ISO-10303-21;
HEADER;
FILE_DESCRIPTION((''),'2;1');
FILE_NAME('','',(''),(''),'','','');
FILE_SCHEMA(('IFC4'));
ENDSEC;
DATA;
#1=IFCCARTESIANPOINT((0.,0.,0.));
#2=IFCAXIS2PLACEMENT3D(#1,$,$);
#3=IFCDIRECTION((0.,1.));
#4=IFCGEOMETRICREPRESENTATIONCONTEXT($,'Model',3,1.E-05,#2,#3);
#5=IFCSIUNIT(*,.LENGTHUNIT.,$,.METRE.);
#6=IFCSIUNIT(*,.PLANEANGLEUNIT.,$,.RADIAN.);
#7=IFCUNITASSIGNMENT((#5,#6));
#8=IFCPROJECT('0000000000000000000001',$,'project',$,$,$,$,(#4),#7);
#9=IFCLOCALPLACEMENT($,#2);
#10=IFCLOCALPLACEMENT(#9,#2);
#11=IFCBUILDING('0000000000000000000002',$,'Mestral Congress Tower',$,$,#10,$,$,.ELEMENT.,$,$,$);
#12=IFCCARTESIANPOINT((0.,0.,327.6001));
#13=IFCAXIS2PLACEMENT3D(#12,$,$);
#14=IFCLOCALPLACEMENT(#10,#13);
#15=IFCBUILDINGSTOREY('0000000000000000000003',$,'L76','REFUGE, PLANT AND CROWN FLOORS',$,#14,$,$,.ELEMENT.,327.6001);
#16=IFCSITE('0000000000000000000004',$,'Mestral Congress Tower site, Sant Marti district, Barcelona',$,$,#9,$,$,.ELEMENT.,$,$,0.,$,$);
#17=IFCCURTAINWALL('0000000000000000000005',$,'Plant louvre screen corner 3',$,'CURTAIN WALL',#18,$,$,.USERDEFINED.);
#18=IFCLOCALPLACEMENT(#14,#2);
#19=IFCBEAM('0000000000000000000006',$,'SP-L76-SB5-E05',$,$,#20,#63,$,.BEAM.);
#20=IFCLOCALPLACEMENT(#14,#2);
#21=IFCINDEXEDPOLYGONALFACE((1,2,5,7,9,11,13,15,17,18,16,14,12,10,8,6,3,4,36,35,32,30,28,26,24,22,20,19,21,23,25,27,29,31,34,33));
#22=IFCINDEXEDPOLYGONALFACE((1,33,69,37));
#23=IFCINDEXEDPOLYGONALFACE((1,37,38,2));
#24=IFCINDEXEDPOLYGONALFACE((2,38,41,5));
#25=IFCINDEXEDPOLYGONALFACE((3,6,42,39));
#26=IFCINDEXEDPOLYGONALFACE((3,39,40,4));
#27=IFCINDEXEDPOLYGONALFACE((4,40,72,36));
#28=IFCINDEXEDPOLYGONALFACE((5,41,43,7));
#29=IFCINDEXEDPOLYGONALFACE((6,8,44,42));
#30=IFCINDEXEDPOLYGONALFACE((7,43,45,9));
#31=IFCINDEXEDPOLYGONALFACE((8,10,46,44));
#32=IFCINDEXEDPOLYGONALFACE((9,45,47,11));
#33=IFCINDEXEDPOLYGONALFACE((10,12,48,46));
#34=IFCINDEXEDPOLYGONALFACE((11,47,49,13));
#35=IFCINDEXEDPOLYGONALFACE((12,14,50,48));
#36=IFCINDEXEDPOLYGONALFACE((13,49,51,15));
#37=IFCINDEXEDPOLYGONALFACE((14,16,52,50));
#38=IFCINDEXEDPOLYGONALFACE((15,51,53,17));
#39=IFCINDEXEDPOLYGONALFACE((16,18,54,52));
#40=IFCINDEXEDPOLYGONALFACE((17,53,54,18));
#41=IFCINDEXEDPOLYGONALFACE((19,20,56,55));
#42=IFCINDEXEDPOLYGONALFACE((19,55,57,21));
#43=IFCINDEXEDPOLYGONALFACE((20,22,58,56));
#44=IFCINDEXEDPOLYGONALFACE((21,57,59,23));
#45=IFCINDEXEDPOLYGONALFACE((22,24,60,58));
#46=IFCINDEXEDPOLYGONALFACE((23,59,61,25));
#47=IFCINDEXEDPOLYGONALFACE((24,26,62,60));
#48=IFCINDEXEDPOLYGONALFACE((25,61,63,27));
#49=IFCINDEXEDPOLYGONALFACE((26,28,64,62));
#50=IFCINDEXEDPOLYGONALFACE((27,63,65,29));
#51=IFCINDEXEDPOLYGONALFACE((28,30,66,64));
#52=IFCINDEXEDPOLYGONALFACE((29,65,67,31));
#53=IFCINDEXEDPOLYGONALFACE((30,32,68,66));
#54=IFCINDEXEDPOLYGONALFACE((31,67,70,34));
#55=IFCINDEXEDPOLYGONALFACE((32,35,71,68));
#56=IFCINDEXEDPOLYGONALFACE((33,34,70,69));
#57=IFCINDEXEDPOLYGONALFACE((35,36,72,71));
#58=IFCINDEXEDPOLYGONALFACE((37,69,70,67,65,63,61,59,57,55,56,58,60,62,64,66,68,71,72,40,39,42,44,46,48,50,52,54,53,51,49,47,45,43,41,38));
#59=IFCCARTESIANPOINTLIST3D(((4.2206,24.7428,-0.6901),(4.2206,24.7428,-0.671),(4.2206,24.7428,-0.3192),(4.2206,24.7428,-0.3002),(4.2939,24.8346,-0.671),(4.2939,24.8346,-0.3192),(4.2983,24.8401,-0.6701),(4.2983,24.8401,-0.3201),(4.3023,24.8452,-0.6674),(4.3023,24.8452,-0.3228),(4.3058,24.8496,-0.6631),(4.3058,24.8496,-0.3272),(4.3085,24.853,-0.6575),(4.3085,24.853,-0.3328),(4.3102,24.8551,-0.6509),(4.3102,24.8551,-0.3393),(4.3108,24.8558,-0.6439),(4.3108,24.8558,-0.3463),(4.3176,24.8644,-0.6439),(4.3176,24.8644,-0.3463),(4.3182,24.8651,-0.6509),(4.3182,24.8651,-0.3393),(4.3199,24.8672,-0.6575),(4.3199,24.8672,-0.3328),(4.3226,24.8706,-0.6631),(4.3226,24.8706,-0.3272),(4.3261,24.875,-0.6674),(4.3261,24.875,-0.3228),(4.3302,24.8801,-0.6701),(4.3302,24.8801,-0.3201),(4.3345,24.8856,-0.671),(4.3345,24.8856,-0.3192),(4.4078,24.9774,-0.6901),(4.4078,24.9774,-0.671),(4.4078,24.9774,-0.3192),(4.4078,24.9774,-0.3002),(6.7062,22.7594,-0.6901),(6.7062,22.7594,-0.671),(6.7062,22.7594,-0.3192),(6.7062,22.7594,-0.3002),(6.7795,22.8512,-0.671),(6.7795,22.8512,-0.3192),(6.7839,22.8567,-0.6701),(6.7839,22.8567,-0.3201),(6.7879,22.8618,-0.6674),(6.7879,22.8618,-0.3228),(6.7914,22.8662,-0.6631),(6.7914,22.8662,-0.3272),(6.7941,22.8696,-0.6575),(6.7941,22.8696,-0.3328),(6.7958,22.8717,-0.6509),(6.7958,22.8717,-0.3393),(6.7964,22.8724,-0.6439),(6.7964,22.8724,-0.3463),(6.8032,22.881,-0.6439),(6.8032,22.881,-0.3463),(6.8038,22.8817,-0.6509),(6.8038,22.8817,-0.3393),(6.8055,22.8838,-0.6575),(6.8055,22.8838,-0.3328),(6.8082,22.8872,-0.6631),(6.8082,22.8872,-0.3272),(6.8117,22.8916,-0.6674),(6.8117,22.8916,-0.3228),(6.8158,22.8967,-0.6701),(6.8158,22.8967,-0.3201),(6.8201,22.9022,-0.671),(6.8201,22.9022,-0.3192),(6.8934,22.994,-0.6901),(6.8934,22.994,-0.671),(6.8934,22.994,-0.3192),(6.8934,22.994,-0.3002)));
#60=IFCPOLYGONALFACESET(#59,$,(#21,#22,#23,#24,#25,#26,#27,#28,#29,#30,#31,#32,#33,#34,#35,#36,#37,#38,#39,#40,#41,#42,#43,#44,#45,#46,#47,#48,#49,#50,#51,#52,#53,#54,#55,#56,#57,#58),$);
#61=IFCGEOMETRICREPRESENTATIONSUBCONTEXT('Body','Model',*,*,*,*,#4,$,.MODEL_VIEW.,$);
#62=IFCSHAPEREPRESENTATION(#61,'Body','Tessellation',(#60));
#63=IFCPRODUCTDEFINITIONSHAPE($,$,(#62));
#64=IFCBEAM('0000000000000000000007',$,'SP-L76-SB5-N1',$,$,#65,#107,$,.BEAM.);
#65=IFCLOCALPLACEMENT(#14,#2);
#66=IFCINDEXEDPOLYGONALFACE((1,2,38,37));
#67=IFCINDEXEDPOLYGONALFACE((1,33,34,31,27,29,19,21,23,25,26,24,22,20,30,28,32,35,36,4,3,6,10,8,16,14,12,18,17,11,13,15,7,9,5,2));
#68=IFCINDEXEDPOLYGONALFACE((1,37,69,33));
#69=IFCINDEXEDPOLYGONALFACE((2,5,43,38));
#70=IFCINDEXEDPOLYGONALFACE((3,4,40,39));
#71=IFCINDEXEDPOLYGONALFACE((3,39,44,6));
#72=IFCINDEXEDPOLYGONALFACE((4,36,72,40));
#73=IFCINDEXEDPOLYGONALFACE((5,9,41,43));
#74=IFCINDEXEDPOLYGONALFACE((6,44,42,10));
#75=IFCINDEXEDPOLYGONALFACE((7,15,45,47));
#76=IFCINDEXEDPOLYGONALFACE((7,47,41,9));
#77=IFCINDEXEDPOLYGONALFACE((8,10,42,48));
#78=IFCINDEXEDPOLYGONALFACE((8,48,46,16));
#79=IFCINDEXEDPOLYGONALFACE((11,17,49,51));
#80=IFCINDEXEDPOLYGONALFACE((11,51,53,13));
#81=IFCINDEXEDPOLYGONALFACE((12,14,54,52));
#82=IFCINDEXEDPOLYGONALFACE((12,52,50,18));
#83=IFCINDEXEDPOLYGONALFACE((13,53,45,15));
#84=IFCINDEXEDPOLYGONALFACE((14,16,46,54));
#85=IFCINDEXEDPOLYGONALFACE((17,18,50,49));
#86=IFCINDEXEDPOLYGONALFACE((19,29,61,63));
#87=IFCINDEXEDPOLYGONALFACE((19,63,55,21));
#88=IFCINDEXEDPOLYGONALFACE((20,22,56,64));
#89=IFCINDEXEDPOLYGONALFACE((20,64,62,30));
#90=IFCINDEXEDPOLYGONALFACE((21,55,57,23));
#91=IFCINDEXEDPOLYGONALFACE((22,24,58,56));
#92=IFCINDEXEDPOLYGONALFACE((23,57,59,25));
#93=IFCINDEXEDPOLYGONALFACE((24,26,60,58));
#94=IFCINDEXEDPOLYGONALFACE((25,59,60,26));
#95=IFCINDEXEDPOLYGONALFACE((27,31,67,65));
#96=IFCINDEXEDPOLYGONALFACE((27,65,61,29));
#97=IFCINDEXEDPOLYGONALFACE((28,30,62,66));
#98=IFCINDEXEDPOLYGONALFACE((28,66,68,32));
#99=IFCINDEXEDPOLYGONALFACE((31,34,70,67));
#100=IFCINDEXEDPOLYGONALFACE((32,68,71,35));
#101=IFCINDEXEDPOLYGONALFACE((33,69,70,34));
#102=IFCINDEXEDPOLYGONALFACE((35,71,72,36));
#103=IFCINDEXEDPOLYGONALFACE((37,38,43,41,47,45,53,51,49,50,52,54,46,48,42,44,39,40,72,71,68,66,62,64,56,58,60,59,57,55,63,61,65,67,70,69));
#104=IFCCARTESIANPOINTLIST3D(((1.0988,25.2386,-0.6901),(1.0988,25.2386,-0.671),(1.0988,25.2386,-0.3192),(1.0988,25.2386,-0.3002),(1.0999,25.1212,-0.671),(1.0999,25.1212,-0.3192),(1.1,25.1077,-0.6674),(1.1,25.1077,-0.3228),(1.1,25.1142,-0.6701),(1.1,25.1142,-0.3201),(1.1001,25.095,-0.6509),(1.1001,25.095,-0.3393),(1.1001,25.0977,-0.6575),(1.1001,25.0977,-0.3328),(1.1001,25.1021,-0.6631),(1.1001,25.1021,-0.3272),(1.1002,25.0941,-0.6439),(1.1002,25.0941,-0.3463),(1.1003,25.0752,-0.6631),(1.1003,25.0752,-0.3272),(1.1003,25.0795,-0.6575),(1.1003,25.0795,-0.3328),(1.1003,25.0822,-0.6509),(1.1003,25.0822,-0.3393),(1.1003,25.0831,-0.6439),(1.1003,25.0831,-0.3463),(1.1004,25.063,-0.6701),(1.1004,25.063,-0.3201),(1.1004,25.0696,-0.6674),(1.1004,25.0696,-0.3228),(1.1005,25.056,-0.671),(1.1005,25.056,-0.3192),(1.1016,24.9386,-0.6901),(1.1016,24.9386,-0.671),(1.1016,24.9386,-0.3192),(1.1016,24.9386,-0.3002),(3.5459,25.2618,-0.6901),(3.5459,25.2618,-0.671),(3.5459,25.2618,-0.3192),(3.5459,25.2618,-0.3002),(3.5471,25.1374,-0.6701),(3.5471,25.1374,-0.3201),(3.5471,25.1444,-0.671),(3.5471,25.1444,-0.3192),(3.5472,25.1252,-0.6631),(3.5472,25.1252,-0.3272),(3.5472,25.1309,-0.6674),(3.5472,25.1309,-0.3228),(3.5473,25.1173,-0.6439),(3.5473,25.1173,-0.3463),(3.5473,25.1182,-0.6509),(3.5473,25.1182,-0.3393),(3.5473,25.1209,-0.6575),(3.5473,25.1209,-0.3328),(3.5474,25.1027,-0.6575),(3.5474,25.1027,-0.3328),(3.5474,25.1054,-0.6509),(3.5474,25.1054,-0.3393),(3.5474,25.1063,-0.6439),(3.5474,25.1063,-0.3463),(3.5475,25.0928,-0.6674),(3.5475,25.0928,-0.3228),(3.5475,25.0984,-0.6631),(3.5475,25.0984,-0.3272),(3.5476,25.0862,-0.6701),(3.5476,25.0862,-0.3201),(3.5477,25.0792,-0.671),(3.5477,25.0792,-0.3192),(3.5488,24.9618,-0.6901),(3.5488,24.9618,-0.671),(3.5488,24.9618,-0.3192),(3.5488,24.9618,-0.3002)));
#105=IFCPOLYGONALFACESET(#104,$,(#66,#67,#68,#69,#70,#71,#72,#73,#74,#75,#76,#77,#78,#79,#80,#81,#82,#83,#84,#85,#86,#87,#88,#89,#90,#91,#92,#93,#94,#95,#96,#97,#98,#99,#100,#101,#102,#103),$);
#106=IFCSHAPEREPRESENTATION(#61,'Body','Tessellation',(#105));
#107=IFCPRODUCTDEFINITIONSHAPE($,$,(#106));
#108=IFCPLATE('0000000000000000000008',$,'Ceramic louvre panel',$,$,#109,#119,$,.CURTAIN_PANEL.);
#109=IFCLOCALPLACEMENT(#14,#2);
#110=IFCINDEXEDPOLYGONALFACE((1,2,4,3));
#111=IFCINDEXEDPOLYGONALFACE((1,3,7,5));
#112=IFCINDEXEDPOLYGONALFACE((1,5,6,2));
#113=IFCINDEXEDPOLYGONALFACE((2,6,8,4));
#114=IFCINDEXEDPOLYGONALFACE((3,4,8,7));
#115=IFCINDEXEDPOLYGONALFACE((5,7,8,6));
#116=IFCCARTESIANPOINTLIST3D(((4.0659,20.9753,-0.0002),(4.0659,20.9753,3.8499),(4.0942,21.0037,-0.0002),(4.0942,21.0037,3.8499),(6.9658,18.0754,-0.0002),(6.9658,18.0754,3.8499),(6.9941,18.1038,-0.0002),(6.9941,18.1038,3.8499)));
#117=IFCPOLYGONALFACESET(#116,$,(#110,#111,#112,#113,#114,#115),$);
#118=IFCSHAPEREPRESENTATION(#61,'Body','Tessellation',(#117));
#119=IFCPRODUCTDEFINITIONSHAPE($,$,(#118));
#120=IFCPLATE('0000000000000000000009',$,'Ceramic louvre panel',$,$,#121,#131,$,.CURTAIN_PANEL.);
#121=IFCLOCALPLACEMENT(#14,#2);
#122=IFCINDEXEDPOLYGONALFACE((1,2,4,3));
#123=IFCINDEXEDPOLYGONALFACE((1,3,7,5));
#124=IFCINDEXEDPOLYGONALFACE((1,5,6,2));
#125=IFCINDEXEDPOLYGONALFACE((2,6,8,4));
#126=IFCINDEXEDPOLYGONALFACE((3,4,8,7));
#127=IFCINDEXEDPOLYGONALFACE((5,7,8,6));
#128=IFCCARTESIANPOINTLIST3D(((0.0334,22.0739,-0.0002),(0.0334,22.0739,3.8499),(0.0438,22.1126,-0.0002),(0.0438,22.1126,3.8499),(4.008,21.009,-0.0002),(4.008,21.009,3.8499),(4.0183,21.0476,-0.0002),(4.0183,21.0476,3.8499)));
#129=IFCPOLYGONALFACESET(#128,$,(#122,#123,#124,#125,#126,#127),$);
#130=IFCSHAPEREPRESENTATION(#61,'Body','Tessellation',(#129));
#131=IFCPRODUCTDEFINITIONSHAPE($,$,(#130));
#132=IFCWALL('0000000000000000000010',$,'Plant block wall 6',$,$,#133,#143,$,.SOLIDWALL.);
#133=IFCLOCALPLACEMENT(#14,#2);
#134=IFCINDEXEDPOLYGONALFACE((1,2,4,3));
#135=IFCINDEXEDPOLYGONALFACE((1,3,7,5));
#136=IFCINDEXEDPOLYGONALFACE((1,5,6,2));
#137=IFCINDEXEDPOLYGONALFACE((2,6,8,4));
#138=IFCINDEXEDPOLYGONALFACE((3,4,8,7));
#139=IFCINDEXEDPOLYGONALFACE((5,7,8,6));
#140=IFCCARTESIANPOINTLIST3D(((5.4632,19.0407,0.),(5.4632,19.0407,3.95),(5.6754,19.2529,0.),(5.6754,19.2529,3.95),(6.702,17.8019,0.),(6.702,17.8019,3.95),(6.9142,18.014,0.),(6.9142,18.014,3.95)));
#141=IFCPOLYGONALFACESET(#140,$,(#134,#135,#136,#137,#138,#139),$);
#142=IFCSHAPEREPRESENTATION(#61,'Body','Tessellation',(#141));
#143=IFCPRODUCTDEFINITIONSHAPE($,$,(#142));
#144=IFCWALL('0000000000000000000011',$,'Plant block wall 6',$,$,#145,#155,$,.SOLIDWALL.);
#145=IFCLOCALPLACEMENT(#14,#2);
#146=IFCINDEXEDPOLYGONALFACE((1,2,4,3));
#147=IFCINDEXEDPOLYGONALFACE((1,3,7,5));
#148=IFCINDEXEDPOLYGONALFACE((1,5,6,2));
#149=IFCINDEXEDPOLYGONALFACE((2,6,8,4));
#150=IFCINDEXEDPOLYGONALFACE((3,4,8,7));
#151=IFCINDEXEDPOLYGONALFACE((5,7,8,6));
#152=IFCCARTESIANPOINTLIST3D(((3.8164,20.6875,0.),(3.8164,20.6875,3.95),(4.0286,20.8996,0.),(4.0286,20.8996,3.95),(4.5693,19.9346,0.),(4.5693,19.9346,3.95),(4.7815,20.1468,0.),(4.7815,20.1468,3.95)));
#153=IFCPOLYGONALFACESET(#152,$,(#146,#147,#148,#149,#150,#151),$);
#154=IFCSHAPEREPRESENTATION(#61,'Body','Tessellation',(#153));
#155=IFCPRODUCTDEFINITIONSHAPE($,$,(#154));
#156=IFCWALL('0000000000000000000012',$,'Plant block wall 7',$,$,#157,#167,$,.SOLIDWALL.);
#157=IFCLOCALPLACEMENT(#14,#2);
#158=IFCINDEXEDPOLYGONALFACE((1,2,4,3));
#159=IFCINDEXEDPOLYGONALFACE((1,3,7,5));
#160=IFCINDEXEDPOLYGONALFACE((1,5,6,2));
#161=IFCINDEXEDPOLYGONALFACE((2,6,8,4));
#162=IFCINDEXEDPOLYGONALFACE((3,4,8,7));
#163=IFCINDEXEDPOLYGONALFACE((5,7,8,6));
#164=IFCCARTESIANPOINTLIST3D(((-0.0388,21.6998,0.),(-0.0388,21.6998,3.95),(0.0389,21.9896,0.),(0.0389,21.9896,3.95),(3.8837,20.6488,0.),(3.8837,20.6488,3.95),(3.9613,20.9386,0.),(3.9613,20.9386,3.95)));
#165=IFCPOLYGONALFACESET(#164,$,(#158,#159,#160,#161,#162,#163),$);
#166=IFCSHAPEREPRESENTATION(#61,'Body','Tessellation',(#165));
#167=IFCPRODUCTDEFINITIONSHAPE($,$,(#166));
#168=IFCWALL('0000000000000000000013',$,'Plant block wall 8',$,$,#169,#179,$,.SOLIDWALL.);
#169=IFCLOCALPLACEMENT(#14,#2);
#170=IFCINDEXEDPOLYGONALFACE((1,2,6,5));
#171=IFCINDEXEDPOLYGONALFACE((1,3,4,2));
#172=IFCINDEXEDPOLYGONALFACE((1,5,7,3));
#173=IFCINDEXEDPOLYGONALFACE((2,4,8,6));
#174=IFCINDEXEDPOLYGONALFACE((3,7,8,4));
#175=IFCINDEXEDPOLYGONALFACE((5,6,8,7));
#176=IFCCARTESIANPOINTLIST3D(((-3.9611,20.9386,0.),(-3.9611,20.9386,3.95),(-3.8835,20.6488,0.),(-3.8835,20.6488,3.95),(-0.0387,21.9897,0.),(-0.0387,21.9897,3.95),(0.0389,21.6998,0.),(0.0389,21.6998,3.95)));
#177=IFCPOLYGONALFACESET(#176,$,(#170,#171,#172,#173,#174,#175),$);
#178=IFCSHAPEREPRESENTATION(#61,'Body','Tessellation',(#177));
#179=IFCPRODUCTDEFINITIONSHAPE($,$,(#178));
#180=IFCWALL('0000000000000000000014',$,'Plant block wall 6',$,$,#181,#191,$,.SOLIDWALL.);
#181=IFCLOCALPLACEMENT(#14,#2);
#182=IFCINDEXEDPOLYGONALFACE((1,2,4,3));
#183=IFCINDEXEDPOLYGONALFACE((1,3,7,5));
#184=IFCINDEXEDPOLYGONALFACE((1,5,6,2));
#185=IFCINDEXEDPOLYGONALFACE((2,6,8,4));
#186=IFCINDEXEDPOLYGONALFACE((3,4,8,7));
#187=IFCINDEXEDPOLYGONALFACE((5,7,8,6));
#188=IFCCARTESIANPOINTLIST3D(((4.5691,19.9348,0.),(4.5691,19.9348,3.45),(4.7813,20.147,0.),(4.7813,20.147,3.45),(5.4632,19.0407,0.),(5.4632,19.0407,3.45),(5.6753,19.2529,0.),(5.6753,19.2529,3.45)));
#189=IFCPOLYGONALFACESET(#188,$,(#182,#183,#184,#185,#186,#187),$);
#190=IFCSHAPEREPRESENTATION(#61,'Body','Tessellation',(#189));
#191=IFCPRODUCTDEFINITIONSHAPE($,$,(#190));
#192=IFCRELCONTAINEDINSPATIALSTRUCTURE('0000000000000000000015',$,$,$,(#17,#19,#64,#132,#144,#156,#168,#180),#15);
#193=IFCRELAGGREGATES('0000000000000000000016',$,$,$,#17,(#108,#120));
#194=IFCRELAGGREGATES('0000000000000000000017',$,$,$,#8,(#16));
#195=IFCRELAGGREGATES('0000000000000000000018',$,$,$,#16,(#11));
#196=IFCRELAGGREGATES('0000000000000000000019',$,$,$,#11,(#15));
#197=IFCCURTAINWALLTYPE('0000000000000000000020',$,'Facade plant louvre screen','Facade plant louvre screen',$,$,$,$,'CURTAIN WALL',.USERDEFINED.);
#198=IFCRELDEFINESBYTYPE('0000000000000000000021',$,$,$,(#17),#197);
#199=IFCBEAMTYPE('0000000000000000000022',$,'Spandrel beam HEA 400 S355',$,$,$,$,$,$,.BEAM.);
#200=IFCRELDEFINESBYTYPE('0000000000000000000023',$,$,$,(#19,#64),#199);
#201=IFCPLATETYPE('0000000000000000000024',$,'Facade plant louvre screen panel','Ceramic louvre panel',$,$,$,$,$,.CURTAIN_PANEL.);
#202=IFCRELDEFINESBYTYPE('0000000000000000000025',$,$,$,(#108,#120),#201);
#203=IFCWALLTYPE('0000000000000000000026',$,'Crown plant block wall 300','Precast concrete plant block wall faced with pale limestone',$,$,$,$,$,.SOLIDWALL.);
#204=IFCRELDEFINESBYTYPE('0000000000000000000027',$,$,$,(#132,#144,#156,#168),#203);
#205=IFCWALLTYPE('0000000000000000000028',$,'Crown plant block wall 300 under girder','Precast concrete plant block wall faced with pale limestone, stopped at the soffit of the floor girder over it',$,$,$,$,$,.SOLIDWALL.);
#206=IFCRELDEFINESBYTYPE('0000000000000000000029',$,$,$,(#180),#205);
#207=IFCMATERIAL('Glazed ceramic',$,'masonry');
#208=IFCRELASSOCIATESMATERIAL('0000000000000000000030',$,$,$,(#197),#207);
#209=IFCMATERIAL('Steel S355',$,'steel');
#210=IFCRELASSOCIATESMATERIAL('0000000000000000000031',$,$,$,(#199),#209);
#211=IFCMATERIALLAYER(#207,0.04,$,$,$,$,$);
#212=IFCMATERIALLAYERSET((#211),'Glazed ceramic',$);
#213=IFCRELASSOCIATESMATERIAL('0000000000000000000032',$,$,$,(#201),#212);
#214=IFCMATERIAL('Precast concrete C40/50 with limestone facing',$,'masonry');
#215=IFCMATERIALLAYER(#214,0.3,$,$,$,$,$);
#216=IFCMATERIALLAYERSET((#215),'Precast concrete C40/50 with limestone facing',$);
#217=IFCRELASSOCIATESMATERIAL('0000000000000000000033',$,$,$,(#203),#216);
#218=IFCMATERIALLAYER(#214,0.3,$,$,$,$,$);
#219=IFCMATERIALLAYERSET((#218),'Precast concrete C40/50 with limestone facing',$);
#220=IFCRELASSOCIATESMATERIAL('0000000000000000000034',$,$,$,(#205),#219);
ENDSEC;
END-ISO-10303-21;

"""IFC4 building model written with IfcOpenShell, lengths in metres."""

from ifc_helpers import new_model, si_unit, direction, frame, frame_2d, origin, origin_2d, place, context, subcontext, project, spatial, rectangle, i_section, extrude, material, layer, layer_set, material_profile, profile_set, type_object, element, aggregate, save


model = new_model("IFC4")

# Units and contexts
model_context = context("Model", 3, precision=1e-05, world=origin(), true_north=direction((0.0, 1.0)))
body_context = subcontext(model_context, "Body", "Model", "MODEL_VIEW")
ifc_project = project(units=[si_unit("LENGTHUNIT", "METRE"), si_unit("PLANEANGLEUNIT", "RADIAN")], contexts=[model_context])

# Site, building, storey
site_placement = place(None, origin())
site = spatial("IfcSite", under=ifc_project, at=site_placement, Name="Mestral Congress Tower site, Sant Marti district, Barcelona", CompositionType="ELEMENT", RefElevation=0.0)
building_placement = place(site_placement, origin())
building = spatial("IfcBuilding", under=site, at=building_placement, Name="Mestral Congress Tower", CompositionType="ELEMENT")
storey_placement = place(building_placement, frame((0.0, 0.0, 327.6001)))
storey = spatial("IfcBuildingStorey", under=building, at=storey_placement, Name="L76", Description="REFUGE, PLANT AND CROWN FLOORS", CompositionType="ELEMENT", Elevation=327.6001)

# Shared definitions
ifc_material_1 = material(Name="Steel S355", Category="steel")

# Shared definitions
ifc_material_2 = material(Name="Glazed ceramic", Category="masonry")
curtain_wall_type = type_object("IfcCurtainWallType", Name="Facade plant louvre screen", Description="Facade plant louvre screen", ElementType="CURTAIN WALL", PredefinedType="USERDEFINED", material=ifc_material_2)
placement = place(storey_placement, origin())

# Curtain wall
curtain_wall_1 = element("IfcCurtainWall", 1, at=placement, inside=storey, type_object=curtain_wall_type, Name="Plant louvre screen corner 3", ObjectType="CURTAIN WALL", PredefinedType="USERDEFINED")

# Beams
ifc_material_profile_1 = material_profile(ifc_material_1, i_section(OverallWidth=0.3, OverallDepth=0.3899, WebThickness=0.011, FlangeThickness=0.019, FilletRadius=0.0271, at=origin_2d()), Name="HEA 400")
ifc_profile_set_1 = profile_set([ifc_material_profile_1], Name="Steel S355")
beam_type_1 = type_object("IfcBeamType", Name="Spandrel beam HEA 400 S355", PredefinedType="BEAM", material=ifc_profile_set_1)
beam_1_placement = place(storey_placement, frame((6.7998, 22.8767, -0.4951), z_axis=(-0.781647, 0.623721, 0.0), x_axis=(-0.623721, -0.781647, 0.0)))
element("IfcBeam", 2, at=beam_1_placement, inside=storey, type_object=beam_type_1, Name="SP-L76-SB5-E05", PredefinedType="BEAM", context=body_context, shape_type="SweptSolid", body=[
    extrude(i_section(OverallWidth=0.3, OverallDepth=0.3899, WebThickness=0.011, FlangeThickness=0.019, FilletRadius=0.0271, at=origin_2d()), origin(), (0.0, 0.0, 1.0), 3.1799),
])
beam_2_placement = place(storey_placement, frame((3.5474, 25.1118, -0.4951), z_axis=(-0.999955, -0.009477, 0.0), x_axis=(0.009477, -0.999955, 0.0)))
element("IfcBeam", 3, at=beam_2_placement, inside=storey, type_object=beam_type_1, Name="SP-L76-SB5-N1", PredefinedType="BEAM", context=body_context, shape_type="SweptSolid", body=[
    extrude(i_section(OverallWidth=0.3, OverallDepth=0.3899, WebThickness=0.011, FlangeThickness=0.019, FilletRadius=0.0271, at=origin_2d()), origin(), (0.0, 0.0, 1.0), 2.4473),
])

# Plates
ifc_layer_1 = layer(ifc_material_2, 0.04)
ifc_layer_set_1 = layer_set([ifc_layer_1], Name="Glazed ceramic")
plate_type = type_object("IfcPlateType", Name="Facade plant louvre screen panel", Description="Ceramic louvre panel", PredefinedType="CURTAIN_PANEL", material=ifc_layer_set_1)
plate_1_placement = place(storey_placement, frame((5.53, 19.5396, -0.0002), z_axis=(0.0, 0.0, 1.0), x_axis=(-0.707107, 0.707107, 0.0)))
plate_1 = element("IfcPlate", 4, at=plate_1_placement, type_object=plate_type, Name="Ceramic louvre panel", PredefinedType="CURTAIN_PANEL", context=body_context, shape_type="SweptSolid", body=[
    extrude(rectangle(XDim=4.1011, YDim=0.04, at=origin_2d()), origin(), (0.0, 0.0, 1.0), 3.8501),
])
plate_2_placement = place(storey_placement, frame((2.0259, 21.5608, -0.0002), z_axis=(0.0, 0.0, 1.0), x_axis=(-0.965926, 0.258819, 0.0)))
plate_2 = element("IfcPlate", 5, at=plate_2_placement, type_object=plate_type, Name="Ceramic louvre panel", PredefinedType="CURTAIN_PANEL", context=body_context, shape_type="SweptSolid", body=[
    extrude(rectangle(XDim=4.1147, YDim=0.04, at=origin_2d()), origin(), (0.0, 0.0, 1.0), 3.8501),
])
aggregate(curtain_wall_1, [plate_1, plate_2])

# Walls
ifc_material_3 = material(Name="Precast concrete C40/50 with limestone facing", Category="masonry")
ifc_layer_2 = layer(ifc_material_3, 0.3)
ifc_layer_set_2 = layer_set([ifc_layer_2], Name="Precast concrete C40/50 with limestone facing")
wall_type_1 = type_object("IfcWallType", Name="Crown plant block wall 300", Description="Precast concrete plant block wall faced with pale limestone", PredefinedType="SOLIDWALL", material=ifc_layer_set_2)
wall_1_placement = place(storey_placement, frame((6.8081, 17.908, 0.0), z_axis=(0.0, 0.0, 1.0), x_axis=(-0.707107, 0.707107, 0.0)))
element("IfcWall", 6, at=wall_1_placement, inside=storey, type_object=wall_type_1, Name="Plant block wall 6", PredefinedType="SOLIDWALL", context=body_context, shape_type="SweptSolid", body=[
    extrude(rectangle(XDim=1.752, YDim=0.3, at=frame_2d((0.876, 0.0))), origin(), (0.0, 0.0, 1.0), 3.95),
])
wall_2_placement = place(storey_placement, frame((4.6753, 20.0408, 0.0), z_axis=(0.0, 0.0, 1.0), x_axis=(-0.707107, 0.707107, 0.0)))
element("IfcWall", 7, at=wall_2_placement, inside=storey, type_object=wall_type_1, Name="Plant block wall 6", PredefinedType="SOLIDWALL", context=body_context, shape_type="SweptSolid", body=[
    extrude(rectangle(XDim=1.0647, YDim=0.3, at=frame_2d((0.5322, 0.0))), origin(), (0.0, 0.0, 1.0), 3.95),
])
for number, where, z_axis, x_axis, name in (
    (8, (3.9224, 20.7937, 0.0), (0.0, 0.0, 1.0), (-0.965924, 0.258826, 0.0), "Plant block wall 7"),
    (9, (0.0, 21.8447, 0.0), (0.0, 0.0, 1.0), (-0.965924, -0.258826, 0.0), "Plant block wall 8"),
):
    element("IfcWall", number, at=place(storey_placement, frame(where, z_axis=z_axis, x_axis=x_axis)), inside=storey, type_object=wall_type_1, Name=name, PredefinedType="SOLIDWALL", context=body_context, shape_type="SweptSolid", body=[
        extrude(rectangle(XDim=4.0608, YDim=0.3, at=frame_2d((2.0303, 0.0))), origin(), (0.0, 0.0, 1.0), 3.95),
    ])
ifc_layer_3 = layer(ifc_material_3, 0.3)
ifc_layer_set_3 = layer_set([ifc_layer_3], Name="Precast concrete C40/50 with limestone facing")
wall_type_2 = type_object("IfcWallType", Name="Crown plant block wall 300 under girder", Description="Precast concrete plant block wall faced with pale limestone, stopped at the soffit of the floor girder over it", PredefinedType="SOLIDWALL", material=ifc_layer_set_3)
wall_3_placement = place(storey_placement, frame((5.5693, 19.1467, 0.0), z_axis=(0.0, 0.0, 1.0), x_axis=(-0.707107, 0.707107, 0.0)))
element("IfcWall", 10, at=wall_3_placement, inside=storey, type_object=wall_type_2, Name="Plant block wall 6", PredefinedType="SOLIDWALL", context=body_context, shape_type="SweptSolid", body=[
    extrude(rectangle(XDim=1.2644, YDim=0.3, at=frame_2d((0.6323, 0.0))), origin(), (0.0, 0.0, 1.0), 3.45),
])

save(model, "model.ifc")
